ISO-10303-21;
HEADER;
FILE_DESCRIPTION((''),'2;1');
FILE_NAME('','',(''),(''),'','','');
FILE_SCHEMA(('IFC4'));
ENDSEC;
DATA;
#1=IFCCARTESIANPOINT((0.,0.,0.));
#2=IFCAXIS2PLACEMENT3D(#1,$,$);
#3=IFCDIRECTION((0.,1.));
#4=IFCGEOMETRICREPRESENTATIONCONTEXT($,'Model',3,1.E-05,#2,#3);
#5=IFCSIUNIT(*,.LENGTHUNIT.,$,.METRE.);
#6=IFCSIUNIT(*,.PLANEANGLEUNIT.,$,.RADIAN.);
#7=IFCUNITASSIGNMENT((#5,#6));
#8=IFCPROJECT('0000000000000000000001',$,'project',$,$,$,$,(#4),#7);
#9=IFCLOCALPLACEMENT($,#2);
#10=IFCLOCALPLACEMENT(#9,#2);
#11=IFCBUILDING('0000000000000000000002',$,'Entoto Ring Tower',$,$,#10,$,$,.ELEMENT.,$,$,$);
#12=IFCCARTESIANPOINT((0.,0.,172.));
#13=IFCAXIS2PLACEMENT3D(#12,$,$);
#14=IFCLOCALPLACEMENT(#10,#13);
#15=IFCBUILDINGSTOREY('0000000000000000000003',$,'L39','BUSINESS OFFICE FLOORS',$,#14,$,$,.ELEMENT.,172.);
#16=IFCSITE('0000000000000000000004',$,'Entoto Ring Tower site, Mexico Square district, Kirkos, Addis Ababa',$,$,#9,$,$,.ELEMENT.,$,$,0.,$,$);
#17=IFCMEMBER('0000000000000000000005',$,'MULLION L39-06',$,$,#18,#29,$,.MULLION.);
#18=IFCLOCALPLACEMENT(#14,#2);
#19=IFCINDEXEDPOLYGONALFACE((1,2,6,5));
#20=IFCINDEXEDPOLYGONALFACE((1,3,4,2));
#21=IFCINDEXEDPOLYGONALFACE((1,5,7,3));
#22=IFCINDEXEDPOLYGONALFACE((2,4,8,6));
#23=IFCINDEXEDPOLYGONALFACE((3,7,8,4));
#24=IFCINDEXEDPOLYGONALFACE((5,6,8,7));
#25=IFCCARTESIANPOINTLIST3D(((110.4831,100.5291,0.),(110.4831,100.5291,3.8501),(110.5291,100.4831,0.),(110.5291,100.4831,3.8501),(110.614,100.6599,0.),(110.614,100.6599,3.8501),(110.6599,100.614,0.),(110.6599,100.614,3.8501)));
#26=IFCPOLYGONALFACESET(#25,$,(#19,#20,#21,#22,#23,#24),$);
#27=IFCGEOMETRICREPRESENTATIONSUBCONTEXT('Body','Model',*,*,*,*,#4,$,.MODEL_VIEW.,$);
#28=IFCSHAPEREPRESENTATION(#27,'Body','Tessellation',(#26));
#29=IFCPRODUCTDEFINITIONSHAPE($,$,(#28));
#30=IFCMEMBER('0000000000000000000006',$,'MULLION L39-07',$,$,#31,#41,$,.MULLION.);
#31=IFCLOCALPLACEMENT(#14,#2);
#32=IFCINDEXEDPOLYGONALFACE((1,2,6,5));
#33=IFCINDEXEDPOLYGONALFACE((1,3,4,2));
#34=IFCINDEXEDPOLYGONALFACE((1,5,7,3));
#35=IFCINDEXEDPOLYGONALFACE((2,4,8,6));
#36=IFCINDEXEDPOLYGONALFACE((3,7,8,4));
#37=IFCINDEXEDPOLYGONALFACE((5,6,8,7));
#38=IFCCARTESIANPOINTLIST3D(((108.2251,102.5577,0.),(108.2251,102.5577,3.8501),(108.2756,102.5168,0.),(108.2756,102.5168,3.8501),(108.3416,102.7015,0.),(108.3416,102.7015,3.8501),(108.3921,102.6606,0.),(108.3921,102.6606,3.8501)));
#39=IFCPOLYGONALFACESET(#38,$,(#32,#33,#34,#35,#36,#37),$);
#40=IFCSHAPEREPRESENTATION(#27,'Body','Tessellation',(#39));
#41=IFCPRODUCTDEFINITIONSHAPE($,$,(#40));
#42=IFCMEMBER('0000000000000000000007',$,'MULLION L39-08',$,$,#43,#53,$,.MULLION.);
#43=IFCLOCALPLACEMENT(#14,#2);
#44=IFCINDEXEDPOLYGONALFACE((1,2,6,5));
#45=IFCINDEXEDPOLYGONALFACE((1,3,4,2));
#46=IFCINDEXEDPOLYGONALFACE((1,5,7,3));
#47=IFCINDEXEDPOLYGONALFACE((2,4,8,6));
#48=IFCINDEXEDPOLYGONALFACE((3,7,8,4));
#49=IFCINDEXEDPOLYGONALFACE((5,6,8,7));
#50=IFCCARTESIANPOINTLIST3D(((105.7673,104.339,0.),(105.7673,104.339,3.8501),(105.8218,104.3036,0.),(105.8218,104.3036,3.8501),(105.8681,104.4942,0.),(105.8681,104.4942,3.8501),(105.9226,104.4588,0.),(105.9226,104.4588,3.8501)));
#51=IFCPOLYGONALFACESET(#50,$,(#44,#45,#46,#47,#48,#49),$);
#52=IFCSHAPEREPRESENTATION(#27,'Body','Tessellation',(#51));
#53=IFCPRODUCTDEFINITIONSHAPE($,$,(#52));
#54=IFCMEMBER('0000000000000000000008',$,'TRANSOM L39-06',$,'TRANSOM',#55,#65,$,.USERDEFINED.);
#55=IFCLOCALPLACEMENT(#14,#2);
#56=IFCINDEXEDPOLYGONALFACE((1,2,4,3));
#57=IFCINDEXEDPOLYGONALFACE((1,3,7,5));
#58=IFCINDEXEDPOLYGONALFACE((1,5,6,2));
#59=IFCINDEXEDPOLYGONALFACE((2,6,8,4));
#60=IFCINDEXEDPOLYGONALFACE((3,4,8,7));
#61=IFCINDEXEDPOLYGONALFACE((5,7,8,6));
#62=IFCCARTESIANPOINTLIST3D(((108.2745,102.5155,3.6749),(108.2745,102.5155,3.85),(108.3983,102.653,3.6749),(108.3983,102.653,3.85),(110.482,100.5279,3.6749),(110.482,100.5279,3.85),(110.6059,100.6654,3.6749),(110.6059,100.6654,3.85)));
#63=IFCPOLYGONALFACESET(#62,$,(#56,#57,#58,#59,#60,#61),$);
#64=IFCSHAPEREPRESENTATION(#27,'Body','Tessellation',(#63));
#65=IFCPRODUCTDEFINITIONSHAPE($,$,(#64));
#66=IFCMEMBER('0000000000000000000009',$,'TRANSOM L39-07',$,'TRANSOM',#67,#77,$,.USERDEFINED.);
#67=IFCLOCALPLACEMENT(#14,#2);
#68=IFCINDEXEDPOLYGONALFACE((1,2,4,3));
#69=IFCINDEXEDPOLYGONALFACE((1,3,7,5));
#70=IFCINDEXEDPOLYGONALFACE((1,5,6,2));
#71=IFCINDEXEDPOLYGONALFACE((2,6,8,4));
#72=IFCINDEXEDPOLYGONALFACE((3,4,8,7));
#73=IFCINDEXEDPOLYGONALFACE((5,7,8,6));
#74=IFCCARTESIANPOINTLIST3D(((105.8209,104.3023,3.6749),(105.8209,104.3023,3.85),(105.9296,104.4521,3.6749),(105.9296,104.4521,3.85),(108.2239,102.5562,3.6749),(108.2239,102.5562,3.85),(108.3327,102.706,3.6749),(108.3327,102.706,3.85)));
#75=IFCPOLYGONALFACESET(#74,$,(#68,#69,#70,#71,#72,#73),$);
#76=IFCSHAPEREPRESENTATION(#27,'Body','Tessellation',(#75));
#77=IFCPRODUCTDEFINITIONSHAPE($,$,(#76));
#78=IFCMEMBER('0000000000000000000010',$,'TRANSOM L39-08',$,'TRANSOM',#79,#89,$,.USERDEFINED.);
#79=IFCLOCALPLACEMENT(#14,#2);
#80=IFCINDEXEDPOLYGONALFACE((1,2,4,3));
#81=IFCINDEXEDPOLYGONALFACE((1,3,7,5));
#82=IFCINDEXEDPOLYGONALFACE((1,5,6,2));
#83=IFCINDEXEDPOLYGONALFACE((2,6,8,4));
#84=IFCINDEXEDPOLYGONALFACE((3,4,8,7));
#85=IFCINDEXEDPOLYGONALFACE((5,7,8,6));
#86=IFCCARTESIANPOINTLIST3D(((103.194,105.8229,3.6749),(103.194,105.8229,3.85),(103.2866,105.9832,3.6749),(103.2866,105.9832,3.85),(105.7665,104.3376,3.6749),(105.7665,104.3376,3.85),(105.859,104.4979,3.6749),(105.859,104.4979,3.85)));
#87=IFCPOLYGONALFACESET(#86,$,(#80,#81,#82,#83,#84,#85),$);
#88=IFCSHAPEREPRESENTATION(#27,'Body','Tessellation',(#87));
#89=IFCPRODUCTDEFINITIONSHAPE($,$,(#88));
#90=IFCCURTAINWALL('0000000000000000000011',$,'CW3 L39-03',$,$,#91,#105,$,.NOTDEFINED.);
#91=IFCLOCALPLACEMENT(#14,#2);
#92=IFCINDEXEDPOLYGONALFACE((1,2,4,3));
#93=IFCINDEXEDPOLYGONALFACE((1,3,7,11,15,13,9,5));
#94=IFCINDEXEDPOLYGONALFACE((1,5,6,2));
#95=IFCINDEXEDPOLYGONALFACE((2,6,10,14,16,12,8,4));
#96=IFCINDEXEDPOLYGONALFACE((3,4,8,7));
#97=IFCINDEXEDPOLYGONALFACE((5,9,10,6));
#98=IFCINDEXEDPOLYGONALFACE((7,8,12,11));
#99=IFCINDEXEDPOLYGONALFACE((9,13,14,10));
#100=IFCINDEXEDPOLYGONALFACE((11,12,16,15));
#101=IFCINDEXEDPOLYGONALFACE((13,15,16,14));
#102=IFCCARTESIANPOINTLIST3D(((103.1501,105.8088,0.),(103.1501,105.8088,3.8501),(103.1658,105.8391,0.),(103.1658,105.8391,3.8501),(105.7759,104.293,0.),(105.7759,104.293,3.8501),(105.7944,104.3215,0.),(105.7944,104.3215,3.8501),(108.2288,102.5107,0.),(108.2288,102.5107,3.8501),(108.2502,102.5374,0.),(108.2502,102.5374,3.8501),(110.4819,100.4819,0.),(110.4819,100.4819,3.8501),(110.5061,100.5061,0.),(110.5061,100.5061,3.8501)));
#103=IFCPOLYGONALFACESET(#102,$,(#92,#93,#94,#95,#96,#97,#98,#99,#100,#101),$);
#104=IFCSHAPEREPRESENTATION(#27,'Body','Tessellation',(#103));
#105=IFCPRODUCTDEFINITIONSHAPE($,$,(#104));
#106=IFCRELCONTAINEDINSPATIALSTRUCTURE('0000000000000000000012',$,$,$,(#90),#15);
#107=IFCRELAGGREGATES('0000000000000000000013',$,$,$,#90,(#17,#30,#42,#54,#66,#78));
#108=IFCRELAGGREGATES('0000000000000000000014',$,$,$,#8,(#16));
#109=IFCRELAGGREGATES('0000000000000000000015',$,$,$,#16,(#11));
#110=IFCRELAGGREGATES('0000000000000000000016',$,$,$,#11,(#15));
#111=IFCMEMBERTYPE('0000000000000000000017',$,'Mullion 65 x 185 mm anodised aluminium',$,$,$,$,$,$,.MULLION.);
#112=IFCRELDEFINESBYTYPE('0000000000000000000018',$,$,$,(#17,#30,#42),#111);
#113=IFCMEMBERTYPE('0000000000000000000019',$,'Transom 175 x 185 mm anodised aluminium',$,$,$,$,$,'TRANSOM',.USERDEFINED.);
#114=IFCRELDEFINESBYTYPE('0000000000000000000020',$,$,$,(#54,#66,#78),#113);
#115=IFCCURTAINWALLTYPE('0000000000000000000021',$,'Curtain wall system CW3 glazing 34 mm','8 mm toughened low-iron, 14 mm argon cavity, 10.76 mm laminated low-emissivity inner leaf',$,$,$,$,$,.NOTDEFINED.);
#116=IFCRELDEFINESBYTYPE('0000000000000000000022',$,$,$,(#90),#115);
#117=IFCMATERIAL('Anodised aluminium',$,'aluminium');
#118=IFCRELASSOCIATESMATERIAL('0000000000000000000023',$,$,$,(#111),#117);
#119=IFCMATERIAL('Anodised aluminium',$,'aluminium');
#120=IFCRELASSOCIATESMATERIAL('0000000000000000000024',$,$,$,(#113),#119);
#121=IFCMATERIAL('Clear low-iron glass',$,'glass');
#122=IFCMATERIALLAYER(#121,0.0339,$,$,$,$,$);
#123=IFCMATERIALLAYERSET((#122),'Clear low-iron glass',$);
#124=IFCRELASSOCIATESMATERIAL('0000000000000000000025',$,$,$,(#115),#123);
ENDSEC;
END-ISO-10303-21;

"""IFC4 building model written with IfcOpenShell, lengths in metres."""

from ifc_helpers import new_model, si_unit, direction, frame, origin, origin_2d, place, context, subcontext, project, spatial, polyline, rectangle, outline, extrude, material, layer, layer_set, material_profile, profile_set, type_object, element, aggregate, save


model = new_model("IFC4")

# Units and contexts
model_context = context("Model", 3, precision=1e-05, world=origin(), true_north=direction((0.0, 1.0)))
body_context = subcontext(model_context, "Body", "Model", "MODEL_VIEW")
ifc_project = project(units=[si_unit("LENGTHUNIT", "METRE"), si_unit("PLANEANGLEUNIT", "RADIAN")], contexts=[model_context])

# Members
ifc_material_1 = material(Name="Anodised aluminium", Category="aluminium")
ifc_material_profile_1 = material_profile(ifc_material_1, rectangle(XDim=0.0649, YDim=0.1851, at=origin_2d()), Name="Mullion 65 x 185 mm anodised aluminium")
ifc_profile_set_1 = profile_set([ifc_material_profile_1], Name="Anodised aluminium")
member_type_1 = type_object("IfcMemberType", Name="Mullion 65 x 185 mm anodised aluminium", PredefinedType="MULLION", material=ifc_profile_set_1)
site_placement = place(None, origin())
building_placement = place(site_placement, origin())
storey_placement = place(building_placement, frame((0.0, 0.0, 172.0)))
member_1_placement = place(storey_placement, frame((110.5715, 100.5715, 0.0), z_axis=(0.0, 0.0, 1.0), x_axis=(-0.707107, 0.707107, 0.0)))
member_1 = element("IfcMember", 1, at=member_1_placement, type_object=member_type_1, Name="MULLION L39-06", PredefinedType="MULLION", context=body_context, shape_type="SweptSolid", body=[
    extrude(rectangle(XDim=0.0649, YDim=0.1851, at=origin_2d()), origin(), (0.0, 0.0, 1.0), 3.8501),
])
member_2_placement = place(storey_placement, frame((108.3086, 102.6091, 0.0), z_axis=(0.0, 0.0, 1.0), x_axis=(-0.777146, 0.62932, 0.0)))
member_2 = element("IfcMember", 2, at=member_2_placement, type_object=member_type_1, Name="MULLION L39-07", PredefinedType="MULLION", context=body_context, shape_type="SweptSolid", body=[
    extrude(rectangle(XDim=0.0649, YDim=0.1851, at=origin_2d()), origin(), (0.0, 0.0, 1.0), 3.8501),
])
member_3_placement = place(storey_placement, frame((105.845, 104.3989, 0.0), z_axis=(0.0, 0.0, 1.0), x_axis=(-0.838671, 0.544639, 0.0)))
member_3 = element("IfcMember", 3, at=member_3_placement, type_object=member_type_1, Name="MULLION L39-08", PredefinedType="MULLION", context=body_context, shape_type="SweptSolid", body=[
    extrude(rectangle(XDim=0.0649, YDim=0.1851, at=origin_2d()), origin(), (0.0, 0.0, 1.0), 3.8501),
])
ifc_material_2 = material(Name="Anodised aluminium", Category="aluminium")
ifc_material_profile_2 = material_profile(ifc_material_2, rectangle(XDim=0.1851, YDim=0.175, at=origin_2d()), Name="Transom 175 x 185 mm anodised aluminium")
ifc_profile_set_2 = profile_set([ifc_material_profile_2], Name="Anodised aluminium")
member_type_2 = type_object("IfcMemberType", Name="Transom 175 x 185 mm anodised aluminium", ElementType="TRANSOM", PredefinedType="USERDEFINED", material=ifc_profile_set_2)
member_4_placement = place(storey_placement, frame((110.5439, 100.5967, 3.7625), z_axis=(-0.743163, 0.66911, 0.0), x_axis=(-0.66911, -0.743163, 0.0)))
member_4 = element("IfcMember", 4, at=member_4_placement, type_object=member_type_2, Name="TRANSOM L39-06", ObjectType="TRANSOM", PredefinedType="USERDEFINED", context=body_context, shape_type="SweptSolid", body=[
    extrude(rectangle(XDim=0.1851, YDim=0.175, at=origin_2d()), origin(), (0.0, 0.0, 1.0), 2.9705),
])
member_5_placement = place(storey_placement, frame((108.2783, 102.6311, 3.7625), z_axis=(-0.808992, 0.58782, 0.0), x_axis=(-0.58782, -0.808992, 0.0)))
member_5 = element("IfcMember", 5, at=member_5_placement, type_object=member_type_2, Name="TRANSOM L39-07", ObjectType="TRANSOM", PredefinedType="USERDEFINED", context=body_context, shape_type="SweptSolid", body=[
    extrude(rectangle(XDim=0.1851, YDim=0.175, at=origin_2d()), origin(), (0.0, 0.0, 1.0), 2.9705),
])
member_6_placement = place(storey_placement, frame((105.8127, 104.4177, 3.7625), z_axis=(-0.866009, 0.500028, 0.0), x_axis=(-0.500028, -0.866009, 0.0)))
member_6 = element("IfcMember", 6, at=member_6_placement, type_object=member_type_2, Name="TRANSOM L39-08", ObjectType="TRANSOM", PredefinedType="USERDEFINED", context=body_context, shape_type="SweptSolid", body=[
    extrude(rectangle(XDim=0.1851, YDim=0.175, at=origin_2d()), origin(), (0.0, 0.0, 1.0), 2.9705),
])

# Site, building, storey
site = spatial("IfcSite", under=ifc_project, at=site_placement, Name="Entoto Ring Tower site, Mexico Square district, Kirkos, Addis Ababa", CompositionType="ELEMENT", RefElevation=0.0)
building = spatial("IfcBuilding", under=site, at=building_placement, Name="Entoto Ring Tower", CompositionType="ELEMENT")
storey = spatial("IfcBuildingStorey", under=building, at=storey_placement, Name="L39", Description="BUSINESS OFFICE FLOORS", CompositionType="ELEMENT", Elevation=172.0)

# Curtain wall
ifc_material_3 = material(Name="Clear low-iron glass", Category="glass")
ifc_layer_1 = layer(ifc_material_3, 0.0339)
ifc_layer_set_1 = layer_set([ifc_layer_1], Name="Clear low-iron glass")
curtain_wall_type = type_object("IfcCurtainWallType", Name="Curtain wall system CW3 glazing 34 mm", Description="8 mm toughened low-iron, 14 mm argon cavity, 10.76 mm laminated low-emissivity inner leaf", PredefinedType="NOTDEFINED", material=ifc_layer_set_1)
curtain_wall_1_placement = place(storey_placement, origin())
curtain_wall_1 = element("IfcCurtainWall", 7, at=curtain_wall_1_placement, inside=storey, type_object=curtain_wall_type, Name="CW3 L39-03", PredefinedType="NOTDEFINED", context=body_context, shape_type="SweptSolid", body=[
    extrude(outline(polyline([(110.5061, 100.5061), (108.2502, 102.5374), (105.7944, 104.3215), (103.1658, 105.8391), (103.1501, 105.8088), (105.7759, 104.293), (108.2288, 102.5107), (110.4819, 100.4819), (110.5061, 100.5061)])), origin(), (0.0, 0.0, 1.0), 3.8501),
])
aggregate(curtain_wall_1, [member_1, member_2, member_3, member_4, member_5, member_6])

save(model, "model.ifc")
